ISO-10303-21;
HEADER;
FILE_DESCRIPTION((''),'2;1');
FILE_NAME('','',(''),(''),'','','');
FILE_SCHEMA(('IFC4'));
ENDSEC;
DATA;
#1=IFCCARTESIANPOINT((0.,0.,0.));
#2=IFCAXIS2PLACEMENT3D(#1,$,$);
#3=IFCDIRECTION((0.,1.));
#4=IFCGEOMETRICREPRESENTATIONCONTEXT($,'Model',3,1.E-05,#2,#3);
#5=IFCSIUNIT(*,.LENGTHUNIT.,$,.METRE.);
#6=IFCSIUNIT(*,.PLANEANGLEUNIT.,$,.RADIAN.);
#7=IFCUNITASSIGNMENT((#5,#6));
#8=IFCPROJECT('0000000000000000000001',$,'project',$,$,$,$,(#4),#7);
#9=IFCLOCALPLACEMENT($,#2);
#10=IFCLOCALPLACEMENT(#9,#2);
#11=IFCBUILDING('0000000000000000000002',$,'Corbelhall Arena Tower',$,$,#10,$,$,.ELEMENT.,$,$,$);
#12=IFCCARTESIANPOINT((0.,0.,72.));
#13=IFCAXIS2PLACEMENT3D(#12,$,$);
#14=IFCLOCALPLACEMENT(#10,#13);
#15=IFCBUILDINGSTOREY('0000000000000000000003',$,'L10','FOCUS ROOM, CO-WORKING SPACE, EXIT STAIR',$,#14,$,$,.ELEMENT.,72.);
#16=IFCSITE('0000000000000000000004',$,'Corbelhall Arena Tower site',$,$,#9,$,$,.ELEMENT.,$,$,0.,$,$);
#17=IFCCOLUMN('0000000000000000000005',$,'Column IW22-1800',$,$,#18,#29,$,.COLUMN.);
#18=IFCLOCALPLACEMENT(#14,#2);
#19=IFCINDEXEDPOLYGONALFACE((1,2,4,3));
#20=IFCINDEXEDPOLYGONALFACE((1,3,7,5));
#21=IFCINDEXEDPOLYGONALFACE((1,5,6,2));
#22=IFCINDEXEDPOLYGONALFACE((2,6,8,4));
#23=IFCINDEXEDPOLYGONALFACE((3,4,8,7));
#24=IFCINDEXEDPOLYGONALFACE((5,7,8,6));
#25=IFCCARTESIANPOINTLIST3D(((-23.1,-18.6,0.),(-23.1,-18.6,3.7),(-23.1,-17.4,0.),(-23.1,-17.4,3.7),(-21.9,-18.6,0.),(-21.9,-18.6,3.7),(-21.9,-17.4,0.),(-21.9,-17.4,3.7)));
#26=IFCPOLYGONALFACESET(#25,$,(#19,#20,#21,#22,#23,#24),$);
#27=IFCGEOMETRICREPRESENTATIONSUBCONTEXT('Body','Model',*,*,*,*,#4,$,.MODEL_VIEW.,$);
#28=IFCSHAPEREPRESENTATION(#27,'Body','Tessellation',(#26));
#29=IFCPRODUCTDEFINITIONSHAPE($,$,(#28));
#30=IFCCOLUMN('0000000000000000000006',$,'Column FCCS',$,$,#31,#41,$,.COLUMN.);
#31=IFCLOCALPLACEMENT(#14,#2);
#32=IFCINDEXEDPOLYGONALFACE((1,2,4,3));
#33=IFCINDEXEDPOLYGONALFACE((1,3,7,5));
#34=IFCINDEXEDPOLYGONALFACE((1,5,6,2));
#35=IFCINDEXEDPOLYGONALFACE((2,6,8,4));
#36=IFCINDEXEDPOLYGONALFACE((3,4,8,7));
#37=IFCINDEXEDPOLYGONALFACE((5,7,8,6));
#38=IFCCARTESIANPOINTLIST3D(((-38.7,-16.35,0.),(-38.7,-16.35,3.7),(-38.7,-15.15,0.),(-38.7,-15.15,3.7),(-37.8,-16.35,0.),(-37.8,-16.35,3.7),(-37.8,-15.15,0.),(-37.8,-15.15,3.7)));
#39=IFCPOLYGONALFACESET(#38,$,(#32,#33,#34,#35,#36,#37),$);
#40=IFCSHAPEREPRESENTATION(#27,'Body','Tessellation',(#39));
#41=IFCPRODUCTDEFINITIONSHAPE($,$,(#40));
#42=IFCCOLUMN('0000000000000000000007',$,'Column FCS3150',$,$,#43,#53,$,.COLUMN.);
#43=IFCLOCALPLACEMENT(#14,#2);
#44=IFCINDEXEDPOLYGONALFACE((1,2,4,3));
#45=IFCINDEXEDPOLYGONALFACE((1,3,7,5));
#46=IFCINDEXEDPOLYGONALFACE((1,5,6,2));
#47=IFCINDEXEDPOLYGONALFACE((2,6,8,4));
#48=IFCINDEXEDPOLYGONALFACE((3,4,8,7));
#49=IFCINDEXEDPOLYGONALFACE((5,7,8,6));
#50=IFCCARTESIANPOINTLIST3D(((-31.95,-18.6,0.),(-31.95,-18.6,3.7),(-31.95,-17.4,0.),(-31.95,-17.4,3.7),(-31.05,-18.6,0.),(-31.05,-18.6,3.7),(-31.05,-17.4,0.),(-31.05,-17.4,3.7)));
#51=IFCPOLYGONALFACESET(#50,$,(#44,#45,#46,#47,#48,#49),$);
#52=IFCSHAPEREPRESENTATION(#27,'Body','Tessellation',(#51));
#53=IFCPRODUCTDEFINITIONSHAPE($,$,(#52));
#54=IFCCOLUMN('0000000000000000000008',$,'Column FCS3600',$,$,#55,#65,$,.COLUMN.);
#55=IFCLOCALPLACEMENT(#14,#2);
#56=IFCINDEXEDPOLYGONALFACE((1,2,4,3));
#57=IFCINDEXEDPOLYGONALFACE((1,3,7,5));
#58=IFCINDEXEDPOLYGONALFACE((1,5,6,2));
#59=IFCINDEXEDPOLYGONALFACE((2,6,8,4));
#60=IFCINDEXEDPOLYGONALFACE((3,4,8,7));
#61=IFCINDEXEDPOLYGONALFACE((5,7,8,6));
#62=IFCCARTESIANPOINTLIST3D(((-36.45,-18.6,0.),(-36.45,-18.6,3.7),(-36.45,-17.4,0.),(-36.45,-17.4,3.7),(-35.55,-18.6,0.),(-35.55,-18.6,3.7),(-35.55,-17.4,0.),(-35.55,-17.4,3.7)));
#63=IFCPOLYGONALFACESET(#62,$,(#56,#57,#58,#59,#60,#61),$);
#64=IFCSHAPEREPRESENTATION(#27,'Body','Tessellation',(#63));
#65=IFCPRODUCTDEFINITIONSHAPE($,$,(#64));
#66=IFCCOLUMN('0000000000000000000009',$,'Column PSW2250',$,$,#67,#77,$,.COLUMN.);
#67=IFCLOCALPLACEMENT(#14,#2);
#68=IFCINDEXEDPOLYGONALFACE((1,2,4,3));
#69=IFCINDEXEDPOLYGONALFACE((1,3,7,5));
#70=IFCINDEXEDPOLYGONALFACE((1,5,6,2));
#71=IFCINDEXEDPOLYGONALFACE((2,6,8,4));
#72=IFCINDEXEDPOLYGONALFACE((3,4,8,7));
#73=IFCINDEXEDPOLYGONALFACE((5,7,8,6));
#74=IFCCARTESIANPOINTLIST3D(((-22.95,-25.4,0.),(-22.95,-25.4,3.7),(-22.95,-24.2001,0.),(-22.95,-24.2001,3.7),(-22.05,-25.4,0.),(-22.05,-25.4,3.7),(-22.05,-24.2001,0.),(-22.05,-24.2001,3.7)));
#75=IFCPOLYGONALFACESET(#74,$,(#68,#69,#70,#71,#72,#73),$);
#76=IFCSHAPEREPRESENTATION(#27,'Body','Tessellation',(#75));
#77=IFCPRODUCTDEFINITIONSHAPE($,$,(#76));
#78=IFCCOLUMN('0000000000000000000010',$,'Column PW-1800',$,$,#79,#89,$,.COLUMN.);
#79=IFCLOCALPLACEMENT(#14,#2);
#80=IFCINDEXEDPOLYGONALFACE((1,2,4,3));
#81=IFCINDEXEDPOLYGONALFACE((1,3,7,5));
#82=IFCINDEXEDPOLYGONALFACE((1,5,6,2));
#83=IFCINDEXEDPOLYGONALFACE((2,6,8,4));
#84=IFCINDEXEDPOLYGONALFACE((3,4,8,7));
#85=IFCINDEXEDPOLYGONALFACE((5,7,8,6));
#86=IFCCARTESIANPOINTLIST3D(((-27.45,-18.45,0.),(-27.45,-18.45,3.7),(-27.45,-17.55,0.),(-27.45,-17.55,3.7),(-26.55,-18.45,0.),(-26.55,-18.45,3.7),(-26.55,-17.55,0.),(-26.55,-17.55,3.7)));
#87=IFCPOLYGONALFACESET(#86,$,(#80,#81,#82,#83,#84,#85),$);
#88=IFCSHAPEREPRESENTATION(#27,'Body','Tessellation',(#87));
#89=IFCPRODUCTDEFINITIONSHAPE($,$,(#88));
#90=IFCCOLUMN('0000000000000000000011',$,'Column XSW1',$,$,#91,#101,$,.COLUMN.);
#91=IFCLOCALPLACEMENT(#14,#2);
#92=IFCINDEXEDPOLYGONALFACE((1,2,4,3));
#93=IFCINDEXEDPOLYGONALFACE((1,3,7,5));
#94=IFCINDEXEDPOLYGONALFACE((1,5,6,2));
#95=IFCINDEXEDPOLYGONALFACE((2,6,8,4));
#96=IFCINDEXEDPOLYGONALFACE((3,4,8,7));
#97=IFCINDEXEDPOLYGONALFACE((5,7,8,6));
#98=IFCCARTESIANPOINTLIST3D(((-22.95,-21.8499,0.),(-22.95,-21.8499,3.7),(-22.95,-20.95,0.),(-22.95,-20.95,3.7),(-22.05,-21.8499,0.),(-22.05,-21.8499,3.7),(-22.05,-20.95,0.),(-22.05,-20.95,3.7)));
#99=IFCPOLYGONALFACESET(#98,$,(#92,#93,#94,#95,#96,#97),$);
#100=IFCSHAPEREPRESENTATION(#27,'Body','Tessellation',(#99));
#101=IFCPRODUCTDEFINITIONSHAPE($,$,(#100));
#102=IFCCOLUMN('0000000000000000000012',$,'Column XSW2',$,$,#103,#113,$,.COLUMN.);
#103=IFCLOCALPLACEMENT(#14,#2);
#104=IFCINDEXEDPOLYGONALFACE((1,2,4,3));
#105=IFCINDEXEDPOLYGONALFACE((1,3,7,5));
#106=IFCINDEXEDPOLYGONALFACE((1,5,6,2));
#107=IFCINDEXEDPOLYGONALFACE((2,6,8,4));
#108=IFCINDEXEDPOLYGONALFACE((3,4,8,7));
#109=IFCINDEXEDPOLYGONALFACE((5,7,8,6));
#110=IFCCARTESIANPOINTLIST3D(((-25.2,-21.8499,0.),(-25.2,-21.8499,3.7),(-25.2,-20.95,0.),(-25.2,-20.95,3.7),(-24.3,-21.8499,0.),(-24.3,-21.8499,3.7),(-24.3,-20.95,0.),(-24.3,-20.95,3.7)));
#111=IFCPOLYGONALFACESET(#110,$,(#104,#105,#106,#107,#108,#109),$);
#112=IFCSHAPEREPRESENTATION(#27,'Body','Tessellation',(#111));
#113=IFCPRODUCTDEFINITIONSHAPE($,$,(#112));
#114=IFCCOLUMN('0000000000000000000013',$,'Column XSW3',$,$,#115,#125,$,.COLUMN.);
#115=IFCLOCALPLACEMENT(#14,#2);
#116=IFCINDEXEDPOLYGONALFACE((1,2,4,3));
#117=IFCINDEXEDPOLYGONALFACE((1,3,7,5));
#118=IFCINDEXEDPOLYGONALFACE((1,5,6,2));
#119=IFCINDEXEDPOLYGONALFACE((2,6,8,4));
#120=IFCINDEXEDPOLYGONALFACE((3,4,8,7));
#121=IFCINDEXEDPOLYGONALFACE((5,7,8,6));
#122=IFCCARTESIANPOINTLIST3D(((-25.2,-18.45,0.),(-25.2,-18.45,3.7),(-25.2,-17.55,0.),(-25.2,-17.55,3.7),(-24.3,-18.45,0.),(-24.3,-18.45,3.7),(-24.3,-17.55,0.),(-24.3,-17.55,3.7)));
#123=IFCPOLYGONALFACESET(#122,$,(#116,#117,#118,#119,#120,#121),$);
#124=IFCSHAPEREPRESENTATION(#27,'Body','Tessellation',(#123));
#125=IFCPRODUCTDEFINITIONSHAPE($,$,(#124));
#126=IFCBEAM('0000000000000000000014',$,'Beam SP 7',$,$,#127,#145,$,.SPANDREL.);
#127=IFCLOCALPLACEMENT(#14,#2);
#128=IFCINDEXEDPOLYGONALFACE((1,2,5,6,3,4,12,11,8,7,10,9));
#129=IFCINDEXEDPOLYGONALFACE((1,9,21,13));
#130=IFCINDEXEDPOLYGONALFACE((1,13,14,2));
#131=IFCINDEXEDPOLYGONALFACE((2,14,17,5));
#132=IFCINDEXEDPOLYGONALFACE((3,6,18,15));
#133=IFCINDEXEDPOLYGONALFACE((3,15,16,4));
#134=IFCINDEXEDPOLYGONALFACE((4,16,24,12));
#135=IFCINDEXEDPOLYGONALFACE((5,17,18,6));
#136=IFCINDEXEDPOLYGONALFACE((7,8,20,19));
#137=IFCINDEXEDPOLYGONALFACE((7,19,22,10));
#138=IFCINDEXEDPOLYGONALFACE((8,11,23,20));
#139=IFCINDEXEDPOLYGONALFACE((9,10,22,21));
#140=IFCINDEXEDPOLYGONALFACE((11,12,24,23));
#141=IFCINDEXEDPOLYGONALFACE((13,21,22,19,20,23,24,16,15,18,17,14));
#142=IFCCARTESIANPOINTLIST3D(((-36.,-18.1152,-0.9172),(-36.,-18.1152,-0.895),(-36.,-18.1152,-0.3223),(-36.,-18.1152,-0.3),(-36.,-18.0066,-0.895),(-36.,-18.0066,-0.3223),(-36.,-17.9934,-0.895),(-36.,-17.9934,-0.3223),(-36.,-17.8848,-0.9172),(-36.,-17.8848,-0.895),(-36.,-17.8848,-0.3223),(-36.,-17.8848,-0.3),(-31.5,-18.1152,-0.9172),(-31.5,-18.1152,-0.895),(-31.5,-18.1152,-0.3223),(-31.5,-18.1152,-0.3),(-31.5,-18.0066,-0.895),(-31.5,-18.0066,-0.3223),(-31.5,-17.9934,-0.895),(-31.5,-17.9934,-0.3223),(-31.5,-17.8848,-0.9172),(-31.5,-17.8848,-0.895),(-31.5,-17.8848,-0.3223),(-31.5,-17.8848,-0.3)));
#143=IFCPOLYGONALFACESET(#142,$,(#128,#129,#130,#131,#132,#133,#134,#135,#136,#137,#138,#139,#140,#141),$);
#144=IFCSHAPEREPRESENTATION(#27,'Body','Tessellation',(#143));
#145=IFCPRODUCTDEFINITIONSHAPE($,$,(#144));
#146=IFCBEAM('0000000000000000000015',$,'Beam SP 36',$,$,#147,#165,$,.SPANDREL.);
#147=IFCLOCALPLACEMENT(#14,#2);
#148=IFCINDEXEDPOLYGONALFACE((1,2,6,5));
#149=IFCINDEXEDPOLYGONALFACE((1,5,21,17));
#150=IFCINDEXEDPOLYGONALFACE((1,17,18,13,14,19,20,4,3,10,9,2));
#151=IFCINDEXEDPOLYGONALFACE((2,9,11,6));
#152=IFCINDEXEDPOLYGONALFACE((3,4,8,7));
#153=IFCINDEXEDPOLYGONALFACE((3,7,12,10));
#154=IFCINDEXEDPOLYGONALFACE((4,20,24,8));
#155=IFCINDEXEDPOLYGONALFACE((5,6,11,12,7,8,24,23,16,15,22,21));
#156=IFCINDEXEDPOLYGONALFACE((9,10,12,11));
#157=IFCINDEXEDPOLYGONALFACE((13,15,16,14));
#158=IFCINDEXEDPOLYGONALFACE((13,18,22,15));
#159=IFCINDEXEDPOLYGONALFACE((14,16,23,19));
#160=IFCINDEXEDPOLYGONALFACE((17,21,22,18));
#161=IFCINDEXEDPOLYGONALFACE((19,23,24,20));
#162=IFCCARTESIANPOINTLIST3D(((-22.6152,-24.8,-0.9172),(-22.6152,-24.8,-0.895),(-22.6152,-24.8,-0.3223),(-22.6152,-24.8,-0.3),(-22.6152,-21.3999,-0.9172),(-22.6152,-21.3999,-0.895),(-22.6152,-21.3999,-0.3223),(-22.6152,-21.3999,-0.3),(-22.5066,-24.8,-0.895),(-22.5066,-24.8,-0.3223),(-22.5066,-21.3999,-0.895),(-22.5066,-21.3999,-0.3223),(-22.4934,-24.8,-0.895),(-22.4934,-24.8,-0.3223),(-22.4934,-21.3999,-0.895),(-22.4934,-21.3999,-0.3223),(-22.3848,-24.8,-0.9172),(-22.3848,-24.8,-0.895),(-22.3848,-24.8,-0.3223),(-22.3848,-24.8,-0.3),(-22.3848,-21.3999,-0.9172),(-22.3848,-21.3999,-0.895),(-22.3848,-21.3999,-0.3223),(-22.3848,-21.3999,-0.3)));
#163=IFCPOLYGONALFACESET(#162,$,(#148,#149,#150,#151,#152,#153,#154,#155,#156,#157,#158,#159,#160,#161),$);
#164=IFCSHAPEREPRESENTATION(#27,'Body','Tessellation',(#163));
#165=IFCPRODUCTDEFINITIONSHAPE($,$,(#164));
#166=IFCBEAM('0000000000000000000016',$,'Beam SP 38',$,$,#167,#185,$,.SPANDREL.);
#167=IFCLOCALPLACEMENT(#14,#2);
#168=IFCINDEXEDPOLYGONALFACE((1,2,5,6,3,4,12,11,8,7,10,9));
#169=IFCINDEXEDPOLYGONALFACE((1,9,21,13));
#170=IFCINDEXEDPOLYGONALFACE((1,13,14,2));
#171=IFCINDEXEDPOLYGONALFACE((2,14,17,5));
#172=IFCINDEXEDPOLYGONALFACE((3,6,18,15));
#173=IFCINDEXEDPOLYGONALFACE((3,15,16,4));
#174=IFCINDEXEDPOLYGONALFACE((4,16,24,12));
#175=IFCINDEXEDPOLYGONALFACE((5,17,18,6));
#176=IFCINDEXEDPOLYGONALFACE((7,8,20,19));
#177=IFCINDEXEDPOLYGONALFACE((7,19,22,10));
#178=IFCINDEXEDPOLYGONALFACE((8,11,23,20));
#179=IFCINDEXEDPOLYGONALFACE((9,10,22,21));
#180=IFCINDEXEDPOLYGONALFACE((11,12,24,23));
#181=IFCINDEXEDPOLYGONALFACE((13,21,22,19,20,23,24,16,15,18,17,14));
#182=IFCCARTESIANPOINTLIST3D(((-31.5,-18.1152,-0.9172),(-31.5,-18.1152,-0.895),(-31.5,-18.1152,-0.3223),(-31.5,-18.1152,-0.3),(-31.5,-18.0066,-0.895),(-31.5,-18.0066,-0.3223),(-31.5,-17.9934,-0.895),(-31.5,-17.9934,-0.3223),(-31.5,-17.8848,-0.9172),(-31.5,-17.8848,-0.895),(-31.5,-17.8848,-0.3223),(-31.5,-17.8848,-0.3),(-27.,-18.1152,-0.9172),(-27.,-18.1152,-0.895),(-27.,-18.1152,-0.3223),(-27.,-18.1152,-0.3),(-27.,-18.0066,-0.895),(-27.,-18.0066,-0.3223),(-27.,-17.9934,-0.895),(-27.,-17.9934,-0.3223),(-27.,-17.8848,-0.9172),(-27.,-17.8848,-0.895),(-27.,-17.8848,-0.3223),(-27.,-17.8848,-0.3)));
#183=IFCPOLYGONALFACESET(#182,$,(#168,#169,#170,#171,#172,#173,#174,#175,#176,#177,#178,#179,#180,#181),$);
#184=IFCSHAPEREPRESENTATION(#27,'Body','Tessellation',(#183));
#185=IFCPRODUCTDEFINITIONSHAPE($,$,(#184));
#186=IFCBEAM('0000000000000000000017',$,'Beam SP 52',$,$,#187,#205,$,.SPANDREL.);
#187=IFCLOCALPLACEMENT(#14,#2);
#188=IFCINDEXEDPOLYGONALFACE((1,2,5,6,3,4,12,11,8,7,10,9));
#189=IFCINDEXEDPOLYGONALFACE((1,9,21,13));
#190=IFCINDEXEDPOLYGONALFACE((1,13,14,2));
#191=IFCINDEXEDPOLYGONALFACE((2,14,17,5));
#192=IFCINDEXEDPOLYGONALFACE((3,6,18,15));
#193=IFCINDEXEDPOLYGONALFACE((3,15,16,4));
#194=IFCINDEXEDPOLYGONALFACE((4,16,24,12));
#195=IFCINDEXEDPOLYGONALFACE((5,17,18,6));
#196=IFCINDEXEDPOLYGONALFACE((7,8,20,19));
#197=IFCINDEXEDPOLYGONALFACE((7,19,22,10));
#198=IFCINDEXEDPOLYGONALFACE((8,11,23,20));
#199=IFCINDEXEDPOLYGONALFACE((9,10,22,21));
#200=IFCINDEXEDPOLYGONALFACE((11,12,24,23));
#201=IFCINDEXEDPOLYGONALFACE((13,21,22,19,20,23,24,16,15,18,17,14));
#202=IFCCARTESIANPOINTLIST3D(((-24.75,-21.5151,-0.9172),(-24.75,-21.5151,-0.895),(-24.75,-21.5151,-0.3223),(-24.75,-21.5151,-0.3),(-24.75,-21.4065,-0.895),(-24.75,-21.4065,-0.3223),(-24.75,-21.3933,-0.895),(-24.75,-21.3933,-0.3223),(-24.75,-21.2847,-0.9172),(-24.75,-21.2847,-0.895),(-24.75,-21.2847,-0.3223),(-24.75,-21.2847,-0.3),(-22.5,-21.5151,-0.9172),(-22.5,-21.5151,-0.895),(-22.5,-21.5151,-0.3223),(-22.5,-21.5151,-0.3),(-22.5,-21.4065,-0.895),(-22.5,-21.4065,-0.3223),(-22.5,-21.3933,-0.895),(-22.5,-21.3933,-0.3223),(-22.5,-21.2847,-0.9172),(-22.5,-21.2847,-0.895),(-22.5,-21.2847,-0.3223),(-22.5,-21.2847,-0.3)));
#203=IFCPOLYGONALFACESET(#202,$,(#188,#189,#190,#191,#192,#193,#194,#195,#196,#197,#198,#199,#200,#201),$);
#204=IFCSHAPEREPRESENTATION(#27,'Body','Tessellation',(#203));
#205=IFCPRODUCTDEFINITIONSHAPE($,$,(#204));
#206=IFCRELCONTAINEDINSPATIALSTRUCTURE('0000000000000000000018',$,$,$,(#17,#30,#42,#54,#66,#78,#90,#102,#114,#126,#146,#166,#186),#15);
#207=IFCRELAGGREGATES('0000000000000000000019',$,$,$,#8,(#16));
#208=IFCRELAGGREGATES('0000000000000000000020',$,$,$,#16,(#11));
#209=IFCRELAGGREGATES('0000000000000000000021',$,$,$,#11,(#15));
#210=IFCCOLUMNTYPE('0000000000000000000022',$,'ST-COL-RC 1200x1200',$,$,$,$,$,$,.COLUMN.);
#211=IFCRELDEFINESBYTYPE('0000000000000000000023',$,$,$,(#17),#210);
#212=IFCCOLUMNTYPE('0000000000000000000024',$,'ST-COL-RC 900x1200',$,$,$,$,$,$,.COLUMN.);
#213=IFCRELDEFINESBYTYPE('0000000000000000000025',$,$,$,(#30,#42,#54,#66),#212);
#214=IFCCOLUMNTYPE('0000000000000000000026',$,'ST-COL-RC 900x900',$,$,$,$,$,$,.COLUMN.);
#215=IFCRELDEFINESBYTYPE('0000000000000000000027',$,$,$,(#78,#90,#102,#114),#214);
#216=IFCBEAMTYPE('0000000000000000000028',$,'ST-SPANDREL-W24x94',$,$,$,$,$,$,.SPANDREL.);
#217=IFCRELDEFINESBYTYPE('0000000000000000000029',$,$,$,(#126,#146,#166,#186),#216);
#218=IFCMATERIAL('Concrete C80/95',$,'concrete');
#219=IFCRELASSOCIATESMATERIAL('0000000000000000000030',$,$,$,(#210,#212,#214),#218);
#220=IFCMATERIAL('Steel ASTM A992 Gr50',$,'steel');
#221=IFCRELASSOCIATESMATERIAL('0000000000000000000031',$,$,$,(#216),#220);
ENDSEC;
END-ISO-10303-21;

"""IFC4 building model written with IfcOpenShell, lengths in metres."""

from ifc_helpers import new_model, si_unit, direction, frame, origin, origin_2d, place, context, subcontext, project, spatial, rectangle, i_section, extrude, material, material_profile, profile_set, type_object, element, save


model = new_model("IFC4")

# Units and contexts
model_context = context("Model", 3, precision=1e-05, world=origin(), true_north=direction((0.0, 1.0)))
body_context = subcontext(model_context, "Body", "Model", "MODEL_VIEW")
ifc_project = project(units=[si_unit("LENGTHUNIT", "METRE"), si_unit("PLANEANGLEUNIT", "RADIAN")], contexts=[model_context])

# Site, building, storey
site_placement = place(None, origin())
site = spatial("IfcSite", under=ifc_project, at=site_placement, Name="Corbelhall Arena Tower site", CompositionType="ELEMENT", RefElevation=0.0)
building_placement = place(site_placement, origin())
building = spatial("IfcBuilding", under=site, at=building_placement, Name="Corbelhall Arena Tower", CompositionType="ELEMENT")
storey_placement = place(building_placement, frame((0.0, 0.0, 72.0)))
storey = spatial("IfcBuildingStorey", under=building, at=storey_placement, Name="L10", Description="FOCUS ROOM, CO-WORKING SPACE, EXIT STAIR", CompositionType="ELEMENT", Elevation=72.0)

# Columns
ifc_material_1 = material(Name="Concrete C80/95", Category="concrete")
ifc_material_profile_1 = material_profile(ifc_material_1, rectangle(XDim=1.2, YDim=1.2, at=origin_2d()))
ifc_profile_set_1 = profile_set([ifc_material_profile_1], Name="Concrete C80/95")
column_type_1 = type_object("IfcColumnType", Name="ST-COL-RC 1200x1200", PredefinedType="COLUMN", material=ifc_profile_set_1)
column_placement = place(storey_placement, frame((-22.5, -18.0, 0.0), z_axis=(0.0, 0.0, 1.0), x_axis=(1.0, 0.0, 0.0)))
element("IfcColumn", 1, at=column_placement, inside=storey, type_object=column_type_1, Name="Column IW22-1800", PredefinedType="COLUMN", context=body_context, shape_type="SweptSolid", body=[
    extrude(rectangle(XDim=1.2, YDim=1.2, at=origin_2d()), origin(), (0.0, 0.0, 1.0), 3.7),
])
ifc_material_profile_2 = material_profile(ifc_material_1, rectangle(XDim=0.8999, YDim=1.2, at=origin_2d()))
ifc_profile_set_2 = profile_set([ifc_material_profile_2], Name="Concrete C80/95")
column_type_2 = type_object("IfcColumnType", Name="ST-COL-RC 900x1200", PredefinedType="COLUMN", material=ifc_profile_set_2)
for number, where, z_axis, x_axis, name in (
    (2, (-38.25, -15.75, 0.0), (0.0, 0.0, 1.0), (1.0, 0.0, 0.0), "Column FCCS"),
    (3, (-31.5, -18.0, 0.0), (0.0, 0.0, 1.0), (1.0, 0.0, 0.0), "Column FCS3150"),
    (4, (-36.0, -18.0, 0.0), (0.0, 0.0, 1.0), (1.0, 0.0, 0.0), "Column FCS3600"),
    (5, (-22.5, -24.8, 0.0), (0.0, 0.0, 1.0), (1.0, 0.0, 0.0), "Column PSW2250"),
):
    element("IfcColumn", number, at=place(storey_placement, frame(where, z_axis=z_axis, x_axis=x_axis)), inside=storey, type_object=column_type_2, Name=name, PredefinedType="COLUMN", context=body_context, shape_type="SweptSolid", body=[
        extrude(rectangle(XDim=0.8999, YDim=1.2, at=origin_2d()), origin(), (0.0, 0.0, 1.0), 3.7),
    ])
ifc_material_profile_3 = material_profile(ifc_material_1, rectangle(XDim=0.8999, YDim=0.8999, at=origin_2d()))
ifc_profile_set_3 = profile_set([ifc_material_profile_3], Name="Concrete C80/95")
column_type_3 = type_object("IfcColumnType", Name="ST-COL-RC 900x900", PredefinedType="COLUMN", material=ifc_profile_set_3)
for number, where, z_axis, x_axis, name in (
    (6, (-27.0, -18.0, 0.0), (0.0, 0.0, 1.0), (1.0, 0.0, 0.0), "Column PW-1800"),
    (7, (-22.5, -21.3999, 0.0), (0.0, 0.0, 1.0), (1.0, 0.0, 0.0), "Column XSW1"),
    (8, (-24.75, -21.3999, 0.0), (0.0, 0.0, 1.0), (1.0, 0.0, 0.0), "Column XSW2"),
    (9, (-24.75, -18.0, 0.0), (0.0, 0.0, 1.0), (1.0, 0.0, 0.0), "Column XSW3"),
):
    element("IfcColumn", number, at=place(storey_placement, frame(where, z_axis=z_axis, x_axis=x_axis)), inside=storey, type_object=column_type_3, Name=name, PredefinedType="COLUMN", context=body_context, shape_type="SweptSolid", body=[
        extrude(rectangle(XDim=0.8999, YDim=0.8999, at=origin_2d()), origin(), (0.0, 0.0, 1.0), 3.7),
    ])

# Beams
ifc_material_2 = material(Name="Steel ASTM A992 Gr50", Category="steel")
ifc_material_profile_4 = material_profile(ifc_material_2, i_section(OverallWidth=0.2305, OverallDepth=0.6172, WebThickness=0.0132, FlangeThickness=0.0222, at=origin_2d()))
ifc_profile_set_4 = profile_set([ifc_material_profile_4], Name="Steel ASTM A992 Gr50")
beam_type = type_object("IfcBeamType", Name="ST-SPANDREL-W24x94", PredefinedType="SPANDREL", material=ifc_profile_set_4)
beam_1_placement = place(storey_placement, frame((-31.5, -18.0, -0.6086), z_axis=(-1.0, 0.0, 0.0), x_axis=(0.0, -1.0, 0.0)))
element("IfcBeam", 10, at=beam_1_placement, inside=storey, type_object=beam_type, Name="Beam SP 7", PredefinedType="SPANDREL", context=body_context, shape_type="SweptSolid", body=[
    extrude(i_section(OverallWidth=0.2305, OverallDepth=0.6172, WebThickness=0.0132, FlangeThickness=0.0222, at=origin_2d()), origin(), (0.0, 0.0, 1.0), 4.5),
])
beam_2_placement = place(storey_placement, frame((-22.5, -24.8, -0.6086), z_axis=(0.0, 1.0, 0.0), x_axis=(-1.0, 0.0, 0.0)))
element("IfcBeam", 11, at=beam_2_placement, inside=storey, type_object=beam_type, Name="Beam SP 36", PredefinedType="SPANDREL", context=body_context, shape_type="SweptSolid", body=[
    extrude(i_section(OverallWidth=0.2305, OverallDepth=0.6172, WebThickness=0.0132, FlangeThickness=0.0222, at=origin_2d()), origin(), (0.0, 0.0, 1.0), 3.4001),
])
beam_3_placement = place(storey_placement, frame((-27.0, -18.0, -0.6086), z_axis=(-1.0, 0.0, 0.0), x_axis=(0.0, -1.0, 0.0)))
element("IfcBeam", 12, at=beam_3_placement, inside=storey, type_object=beam_type, Name="Beam SP 38", PredefinedType="SPANDREL", context=body_context, shape_type="SweptSolid", body=[
    extrude(i_section(OverallWidth=0.2305, OverallDepth=0.6172, WebThickness=0.0132, FlangeThickness=0.0222, at=origin_2d()), origin(), (0.0, 0.0, 1.0), 4.5),
])
beam_4_placement = place(storey_placement, frame((-22.5, -21.3999, -0.6086), z_axis=(-1.0, 0.0, 0.0), x_axis=(0.0, -1.0, 0.0)))
element("IfcBeam", 13, at=beam_4_placement, inside=storey, type_object=beam_type, Name="Beam SP 52", PredefinedType="SPANDREL", context=body_context, shape_type="SweptSolid", body=[
    extrude(i_section(OverallWidth=0.2305, OverallDepth=0.6172, WebThickness=0.0132, FlangeThickness=0.0222, at=origin_2d()), origin(), (0.0, 0.0, 1.0), 2.25),
])

save(model, "model.ifc")
